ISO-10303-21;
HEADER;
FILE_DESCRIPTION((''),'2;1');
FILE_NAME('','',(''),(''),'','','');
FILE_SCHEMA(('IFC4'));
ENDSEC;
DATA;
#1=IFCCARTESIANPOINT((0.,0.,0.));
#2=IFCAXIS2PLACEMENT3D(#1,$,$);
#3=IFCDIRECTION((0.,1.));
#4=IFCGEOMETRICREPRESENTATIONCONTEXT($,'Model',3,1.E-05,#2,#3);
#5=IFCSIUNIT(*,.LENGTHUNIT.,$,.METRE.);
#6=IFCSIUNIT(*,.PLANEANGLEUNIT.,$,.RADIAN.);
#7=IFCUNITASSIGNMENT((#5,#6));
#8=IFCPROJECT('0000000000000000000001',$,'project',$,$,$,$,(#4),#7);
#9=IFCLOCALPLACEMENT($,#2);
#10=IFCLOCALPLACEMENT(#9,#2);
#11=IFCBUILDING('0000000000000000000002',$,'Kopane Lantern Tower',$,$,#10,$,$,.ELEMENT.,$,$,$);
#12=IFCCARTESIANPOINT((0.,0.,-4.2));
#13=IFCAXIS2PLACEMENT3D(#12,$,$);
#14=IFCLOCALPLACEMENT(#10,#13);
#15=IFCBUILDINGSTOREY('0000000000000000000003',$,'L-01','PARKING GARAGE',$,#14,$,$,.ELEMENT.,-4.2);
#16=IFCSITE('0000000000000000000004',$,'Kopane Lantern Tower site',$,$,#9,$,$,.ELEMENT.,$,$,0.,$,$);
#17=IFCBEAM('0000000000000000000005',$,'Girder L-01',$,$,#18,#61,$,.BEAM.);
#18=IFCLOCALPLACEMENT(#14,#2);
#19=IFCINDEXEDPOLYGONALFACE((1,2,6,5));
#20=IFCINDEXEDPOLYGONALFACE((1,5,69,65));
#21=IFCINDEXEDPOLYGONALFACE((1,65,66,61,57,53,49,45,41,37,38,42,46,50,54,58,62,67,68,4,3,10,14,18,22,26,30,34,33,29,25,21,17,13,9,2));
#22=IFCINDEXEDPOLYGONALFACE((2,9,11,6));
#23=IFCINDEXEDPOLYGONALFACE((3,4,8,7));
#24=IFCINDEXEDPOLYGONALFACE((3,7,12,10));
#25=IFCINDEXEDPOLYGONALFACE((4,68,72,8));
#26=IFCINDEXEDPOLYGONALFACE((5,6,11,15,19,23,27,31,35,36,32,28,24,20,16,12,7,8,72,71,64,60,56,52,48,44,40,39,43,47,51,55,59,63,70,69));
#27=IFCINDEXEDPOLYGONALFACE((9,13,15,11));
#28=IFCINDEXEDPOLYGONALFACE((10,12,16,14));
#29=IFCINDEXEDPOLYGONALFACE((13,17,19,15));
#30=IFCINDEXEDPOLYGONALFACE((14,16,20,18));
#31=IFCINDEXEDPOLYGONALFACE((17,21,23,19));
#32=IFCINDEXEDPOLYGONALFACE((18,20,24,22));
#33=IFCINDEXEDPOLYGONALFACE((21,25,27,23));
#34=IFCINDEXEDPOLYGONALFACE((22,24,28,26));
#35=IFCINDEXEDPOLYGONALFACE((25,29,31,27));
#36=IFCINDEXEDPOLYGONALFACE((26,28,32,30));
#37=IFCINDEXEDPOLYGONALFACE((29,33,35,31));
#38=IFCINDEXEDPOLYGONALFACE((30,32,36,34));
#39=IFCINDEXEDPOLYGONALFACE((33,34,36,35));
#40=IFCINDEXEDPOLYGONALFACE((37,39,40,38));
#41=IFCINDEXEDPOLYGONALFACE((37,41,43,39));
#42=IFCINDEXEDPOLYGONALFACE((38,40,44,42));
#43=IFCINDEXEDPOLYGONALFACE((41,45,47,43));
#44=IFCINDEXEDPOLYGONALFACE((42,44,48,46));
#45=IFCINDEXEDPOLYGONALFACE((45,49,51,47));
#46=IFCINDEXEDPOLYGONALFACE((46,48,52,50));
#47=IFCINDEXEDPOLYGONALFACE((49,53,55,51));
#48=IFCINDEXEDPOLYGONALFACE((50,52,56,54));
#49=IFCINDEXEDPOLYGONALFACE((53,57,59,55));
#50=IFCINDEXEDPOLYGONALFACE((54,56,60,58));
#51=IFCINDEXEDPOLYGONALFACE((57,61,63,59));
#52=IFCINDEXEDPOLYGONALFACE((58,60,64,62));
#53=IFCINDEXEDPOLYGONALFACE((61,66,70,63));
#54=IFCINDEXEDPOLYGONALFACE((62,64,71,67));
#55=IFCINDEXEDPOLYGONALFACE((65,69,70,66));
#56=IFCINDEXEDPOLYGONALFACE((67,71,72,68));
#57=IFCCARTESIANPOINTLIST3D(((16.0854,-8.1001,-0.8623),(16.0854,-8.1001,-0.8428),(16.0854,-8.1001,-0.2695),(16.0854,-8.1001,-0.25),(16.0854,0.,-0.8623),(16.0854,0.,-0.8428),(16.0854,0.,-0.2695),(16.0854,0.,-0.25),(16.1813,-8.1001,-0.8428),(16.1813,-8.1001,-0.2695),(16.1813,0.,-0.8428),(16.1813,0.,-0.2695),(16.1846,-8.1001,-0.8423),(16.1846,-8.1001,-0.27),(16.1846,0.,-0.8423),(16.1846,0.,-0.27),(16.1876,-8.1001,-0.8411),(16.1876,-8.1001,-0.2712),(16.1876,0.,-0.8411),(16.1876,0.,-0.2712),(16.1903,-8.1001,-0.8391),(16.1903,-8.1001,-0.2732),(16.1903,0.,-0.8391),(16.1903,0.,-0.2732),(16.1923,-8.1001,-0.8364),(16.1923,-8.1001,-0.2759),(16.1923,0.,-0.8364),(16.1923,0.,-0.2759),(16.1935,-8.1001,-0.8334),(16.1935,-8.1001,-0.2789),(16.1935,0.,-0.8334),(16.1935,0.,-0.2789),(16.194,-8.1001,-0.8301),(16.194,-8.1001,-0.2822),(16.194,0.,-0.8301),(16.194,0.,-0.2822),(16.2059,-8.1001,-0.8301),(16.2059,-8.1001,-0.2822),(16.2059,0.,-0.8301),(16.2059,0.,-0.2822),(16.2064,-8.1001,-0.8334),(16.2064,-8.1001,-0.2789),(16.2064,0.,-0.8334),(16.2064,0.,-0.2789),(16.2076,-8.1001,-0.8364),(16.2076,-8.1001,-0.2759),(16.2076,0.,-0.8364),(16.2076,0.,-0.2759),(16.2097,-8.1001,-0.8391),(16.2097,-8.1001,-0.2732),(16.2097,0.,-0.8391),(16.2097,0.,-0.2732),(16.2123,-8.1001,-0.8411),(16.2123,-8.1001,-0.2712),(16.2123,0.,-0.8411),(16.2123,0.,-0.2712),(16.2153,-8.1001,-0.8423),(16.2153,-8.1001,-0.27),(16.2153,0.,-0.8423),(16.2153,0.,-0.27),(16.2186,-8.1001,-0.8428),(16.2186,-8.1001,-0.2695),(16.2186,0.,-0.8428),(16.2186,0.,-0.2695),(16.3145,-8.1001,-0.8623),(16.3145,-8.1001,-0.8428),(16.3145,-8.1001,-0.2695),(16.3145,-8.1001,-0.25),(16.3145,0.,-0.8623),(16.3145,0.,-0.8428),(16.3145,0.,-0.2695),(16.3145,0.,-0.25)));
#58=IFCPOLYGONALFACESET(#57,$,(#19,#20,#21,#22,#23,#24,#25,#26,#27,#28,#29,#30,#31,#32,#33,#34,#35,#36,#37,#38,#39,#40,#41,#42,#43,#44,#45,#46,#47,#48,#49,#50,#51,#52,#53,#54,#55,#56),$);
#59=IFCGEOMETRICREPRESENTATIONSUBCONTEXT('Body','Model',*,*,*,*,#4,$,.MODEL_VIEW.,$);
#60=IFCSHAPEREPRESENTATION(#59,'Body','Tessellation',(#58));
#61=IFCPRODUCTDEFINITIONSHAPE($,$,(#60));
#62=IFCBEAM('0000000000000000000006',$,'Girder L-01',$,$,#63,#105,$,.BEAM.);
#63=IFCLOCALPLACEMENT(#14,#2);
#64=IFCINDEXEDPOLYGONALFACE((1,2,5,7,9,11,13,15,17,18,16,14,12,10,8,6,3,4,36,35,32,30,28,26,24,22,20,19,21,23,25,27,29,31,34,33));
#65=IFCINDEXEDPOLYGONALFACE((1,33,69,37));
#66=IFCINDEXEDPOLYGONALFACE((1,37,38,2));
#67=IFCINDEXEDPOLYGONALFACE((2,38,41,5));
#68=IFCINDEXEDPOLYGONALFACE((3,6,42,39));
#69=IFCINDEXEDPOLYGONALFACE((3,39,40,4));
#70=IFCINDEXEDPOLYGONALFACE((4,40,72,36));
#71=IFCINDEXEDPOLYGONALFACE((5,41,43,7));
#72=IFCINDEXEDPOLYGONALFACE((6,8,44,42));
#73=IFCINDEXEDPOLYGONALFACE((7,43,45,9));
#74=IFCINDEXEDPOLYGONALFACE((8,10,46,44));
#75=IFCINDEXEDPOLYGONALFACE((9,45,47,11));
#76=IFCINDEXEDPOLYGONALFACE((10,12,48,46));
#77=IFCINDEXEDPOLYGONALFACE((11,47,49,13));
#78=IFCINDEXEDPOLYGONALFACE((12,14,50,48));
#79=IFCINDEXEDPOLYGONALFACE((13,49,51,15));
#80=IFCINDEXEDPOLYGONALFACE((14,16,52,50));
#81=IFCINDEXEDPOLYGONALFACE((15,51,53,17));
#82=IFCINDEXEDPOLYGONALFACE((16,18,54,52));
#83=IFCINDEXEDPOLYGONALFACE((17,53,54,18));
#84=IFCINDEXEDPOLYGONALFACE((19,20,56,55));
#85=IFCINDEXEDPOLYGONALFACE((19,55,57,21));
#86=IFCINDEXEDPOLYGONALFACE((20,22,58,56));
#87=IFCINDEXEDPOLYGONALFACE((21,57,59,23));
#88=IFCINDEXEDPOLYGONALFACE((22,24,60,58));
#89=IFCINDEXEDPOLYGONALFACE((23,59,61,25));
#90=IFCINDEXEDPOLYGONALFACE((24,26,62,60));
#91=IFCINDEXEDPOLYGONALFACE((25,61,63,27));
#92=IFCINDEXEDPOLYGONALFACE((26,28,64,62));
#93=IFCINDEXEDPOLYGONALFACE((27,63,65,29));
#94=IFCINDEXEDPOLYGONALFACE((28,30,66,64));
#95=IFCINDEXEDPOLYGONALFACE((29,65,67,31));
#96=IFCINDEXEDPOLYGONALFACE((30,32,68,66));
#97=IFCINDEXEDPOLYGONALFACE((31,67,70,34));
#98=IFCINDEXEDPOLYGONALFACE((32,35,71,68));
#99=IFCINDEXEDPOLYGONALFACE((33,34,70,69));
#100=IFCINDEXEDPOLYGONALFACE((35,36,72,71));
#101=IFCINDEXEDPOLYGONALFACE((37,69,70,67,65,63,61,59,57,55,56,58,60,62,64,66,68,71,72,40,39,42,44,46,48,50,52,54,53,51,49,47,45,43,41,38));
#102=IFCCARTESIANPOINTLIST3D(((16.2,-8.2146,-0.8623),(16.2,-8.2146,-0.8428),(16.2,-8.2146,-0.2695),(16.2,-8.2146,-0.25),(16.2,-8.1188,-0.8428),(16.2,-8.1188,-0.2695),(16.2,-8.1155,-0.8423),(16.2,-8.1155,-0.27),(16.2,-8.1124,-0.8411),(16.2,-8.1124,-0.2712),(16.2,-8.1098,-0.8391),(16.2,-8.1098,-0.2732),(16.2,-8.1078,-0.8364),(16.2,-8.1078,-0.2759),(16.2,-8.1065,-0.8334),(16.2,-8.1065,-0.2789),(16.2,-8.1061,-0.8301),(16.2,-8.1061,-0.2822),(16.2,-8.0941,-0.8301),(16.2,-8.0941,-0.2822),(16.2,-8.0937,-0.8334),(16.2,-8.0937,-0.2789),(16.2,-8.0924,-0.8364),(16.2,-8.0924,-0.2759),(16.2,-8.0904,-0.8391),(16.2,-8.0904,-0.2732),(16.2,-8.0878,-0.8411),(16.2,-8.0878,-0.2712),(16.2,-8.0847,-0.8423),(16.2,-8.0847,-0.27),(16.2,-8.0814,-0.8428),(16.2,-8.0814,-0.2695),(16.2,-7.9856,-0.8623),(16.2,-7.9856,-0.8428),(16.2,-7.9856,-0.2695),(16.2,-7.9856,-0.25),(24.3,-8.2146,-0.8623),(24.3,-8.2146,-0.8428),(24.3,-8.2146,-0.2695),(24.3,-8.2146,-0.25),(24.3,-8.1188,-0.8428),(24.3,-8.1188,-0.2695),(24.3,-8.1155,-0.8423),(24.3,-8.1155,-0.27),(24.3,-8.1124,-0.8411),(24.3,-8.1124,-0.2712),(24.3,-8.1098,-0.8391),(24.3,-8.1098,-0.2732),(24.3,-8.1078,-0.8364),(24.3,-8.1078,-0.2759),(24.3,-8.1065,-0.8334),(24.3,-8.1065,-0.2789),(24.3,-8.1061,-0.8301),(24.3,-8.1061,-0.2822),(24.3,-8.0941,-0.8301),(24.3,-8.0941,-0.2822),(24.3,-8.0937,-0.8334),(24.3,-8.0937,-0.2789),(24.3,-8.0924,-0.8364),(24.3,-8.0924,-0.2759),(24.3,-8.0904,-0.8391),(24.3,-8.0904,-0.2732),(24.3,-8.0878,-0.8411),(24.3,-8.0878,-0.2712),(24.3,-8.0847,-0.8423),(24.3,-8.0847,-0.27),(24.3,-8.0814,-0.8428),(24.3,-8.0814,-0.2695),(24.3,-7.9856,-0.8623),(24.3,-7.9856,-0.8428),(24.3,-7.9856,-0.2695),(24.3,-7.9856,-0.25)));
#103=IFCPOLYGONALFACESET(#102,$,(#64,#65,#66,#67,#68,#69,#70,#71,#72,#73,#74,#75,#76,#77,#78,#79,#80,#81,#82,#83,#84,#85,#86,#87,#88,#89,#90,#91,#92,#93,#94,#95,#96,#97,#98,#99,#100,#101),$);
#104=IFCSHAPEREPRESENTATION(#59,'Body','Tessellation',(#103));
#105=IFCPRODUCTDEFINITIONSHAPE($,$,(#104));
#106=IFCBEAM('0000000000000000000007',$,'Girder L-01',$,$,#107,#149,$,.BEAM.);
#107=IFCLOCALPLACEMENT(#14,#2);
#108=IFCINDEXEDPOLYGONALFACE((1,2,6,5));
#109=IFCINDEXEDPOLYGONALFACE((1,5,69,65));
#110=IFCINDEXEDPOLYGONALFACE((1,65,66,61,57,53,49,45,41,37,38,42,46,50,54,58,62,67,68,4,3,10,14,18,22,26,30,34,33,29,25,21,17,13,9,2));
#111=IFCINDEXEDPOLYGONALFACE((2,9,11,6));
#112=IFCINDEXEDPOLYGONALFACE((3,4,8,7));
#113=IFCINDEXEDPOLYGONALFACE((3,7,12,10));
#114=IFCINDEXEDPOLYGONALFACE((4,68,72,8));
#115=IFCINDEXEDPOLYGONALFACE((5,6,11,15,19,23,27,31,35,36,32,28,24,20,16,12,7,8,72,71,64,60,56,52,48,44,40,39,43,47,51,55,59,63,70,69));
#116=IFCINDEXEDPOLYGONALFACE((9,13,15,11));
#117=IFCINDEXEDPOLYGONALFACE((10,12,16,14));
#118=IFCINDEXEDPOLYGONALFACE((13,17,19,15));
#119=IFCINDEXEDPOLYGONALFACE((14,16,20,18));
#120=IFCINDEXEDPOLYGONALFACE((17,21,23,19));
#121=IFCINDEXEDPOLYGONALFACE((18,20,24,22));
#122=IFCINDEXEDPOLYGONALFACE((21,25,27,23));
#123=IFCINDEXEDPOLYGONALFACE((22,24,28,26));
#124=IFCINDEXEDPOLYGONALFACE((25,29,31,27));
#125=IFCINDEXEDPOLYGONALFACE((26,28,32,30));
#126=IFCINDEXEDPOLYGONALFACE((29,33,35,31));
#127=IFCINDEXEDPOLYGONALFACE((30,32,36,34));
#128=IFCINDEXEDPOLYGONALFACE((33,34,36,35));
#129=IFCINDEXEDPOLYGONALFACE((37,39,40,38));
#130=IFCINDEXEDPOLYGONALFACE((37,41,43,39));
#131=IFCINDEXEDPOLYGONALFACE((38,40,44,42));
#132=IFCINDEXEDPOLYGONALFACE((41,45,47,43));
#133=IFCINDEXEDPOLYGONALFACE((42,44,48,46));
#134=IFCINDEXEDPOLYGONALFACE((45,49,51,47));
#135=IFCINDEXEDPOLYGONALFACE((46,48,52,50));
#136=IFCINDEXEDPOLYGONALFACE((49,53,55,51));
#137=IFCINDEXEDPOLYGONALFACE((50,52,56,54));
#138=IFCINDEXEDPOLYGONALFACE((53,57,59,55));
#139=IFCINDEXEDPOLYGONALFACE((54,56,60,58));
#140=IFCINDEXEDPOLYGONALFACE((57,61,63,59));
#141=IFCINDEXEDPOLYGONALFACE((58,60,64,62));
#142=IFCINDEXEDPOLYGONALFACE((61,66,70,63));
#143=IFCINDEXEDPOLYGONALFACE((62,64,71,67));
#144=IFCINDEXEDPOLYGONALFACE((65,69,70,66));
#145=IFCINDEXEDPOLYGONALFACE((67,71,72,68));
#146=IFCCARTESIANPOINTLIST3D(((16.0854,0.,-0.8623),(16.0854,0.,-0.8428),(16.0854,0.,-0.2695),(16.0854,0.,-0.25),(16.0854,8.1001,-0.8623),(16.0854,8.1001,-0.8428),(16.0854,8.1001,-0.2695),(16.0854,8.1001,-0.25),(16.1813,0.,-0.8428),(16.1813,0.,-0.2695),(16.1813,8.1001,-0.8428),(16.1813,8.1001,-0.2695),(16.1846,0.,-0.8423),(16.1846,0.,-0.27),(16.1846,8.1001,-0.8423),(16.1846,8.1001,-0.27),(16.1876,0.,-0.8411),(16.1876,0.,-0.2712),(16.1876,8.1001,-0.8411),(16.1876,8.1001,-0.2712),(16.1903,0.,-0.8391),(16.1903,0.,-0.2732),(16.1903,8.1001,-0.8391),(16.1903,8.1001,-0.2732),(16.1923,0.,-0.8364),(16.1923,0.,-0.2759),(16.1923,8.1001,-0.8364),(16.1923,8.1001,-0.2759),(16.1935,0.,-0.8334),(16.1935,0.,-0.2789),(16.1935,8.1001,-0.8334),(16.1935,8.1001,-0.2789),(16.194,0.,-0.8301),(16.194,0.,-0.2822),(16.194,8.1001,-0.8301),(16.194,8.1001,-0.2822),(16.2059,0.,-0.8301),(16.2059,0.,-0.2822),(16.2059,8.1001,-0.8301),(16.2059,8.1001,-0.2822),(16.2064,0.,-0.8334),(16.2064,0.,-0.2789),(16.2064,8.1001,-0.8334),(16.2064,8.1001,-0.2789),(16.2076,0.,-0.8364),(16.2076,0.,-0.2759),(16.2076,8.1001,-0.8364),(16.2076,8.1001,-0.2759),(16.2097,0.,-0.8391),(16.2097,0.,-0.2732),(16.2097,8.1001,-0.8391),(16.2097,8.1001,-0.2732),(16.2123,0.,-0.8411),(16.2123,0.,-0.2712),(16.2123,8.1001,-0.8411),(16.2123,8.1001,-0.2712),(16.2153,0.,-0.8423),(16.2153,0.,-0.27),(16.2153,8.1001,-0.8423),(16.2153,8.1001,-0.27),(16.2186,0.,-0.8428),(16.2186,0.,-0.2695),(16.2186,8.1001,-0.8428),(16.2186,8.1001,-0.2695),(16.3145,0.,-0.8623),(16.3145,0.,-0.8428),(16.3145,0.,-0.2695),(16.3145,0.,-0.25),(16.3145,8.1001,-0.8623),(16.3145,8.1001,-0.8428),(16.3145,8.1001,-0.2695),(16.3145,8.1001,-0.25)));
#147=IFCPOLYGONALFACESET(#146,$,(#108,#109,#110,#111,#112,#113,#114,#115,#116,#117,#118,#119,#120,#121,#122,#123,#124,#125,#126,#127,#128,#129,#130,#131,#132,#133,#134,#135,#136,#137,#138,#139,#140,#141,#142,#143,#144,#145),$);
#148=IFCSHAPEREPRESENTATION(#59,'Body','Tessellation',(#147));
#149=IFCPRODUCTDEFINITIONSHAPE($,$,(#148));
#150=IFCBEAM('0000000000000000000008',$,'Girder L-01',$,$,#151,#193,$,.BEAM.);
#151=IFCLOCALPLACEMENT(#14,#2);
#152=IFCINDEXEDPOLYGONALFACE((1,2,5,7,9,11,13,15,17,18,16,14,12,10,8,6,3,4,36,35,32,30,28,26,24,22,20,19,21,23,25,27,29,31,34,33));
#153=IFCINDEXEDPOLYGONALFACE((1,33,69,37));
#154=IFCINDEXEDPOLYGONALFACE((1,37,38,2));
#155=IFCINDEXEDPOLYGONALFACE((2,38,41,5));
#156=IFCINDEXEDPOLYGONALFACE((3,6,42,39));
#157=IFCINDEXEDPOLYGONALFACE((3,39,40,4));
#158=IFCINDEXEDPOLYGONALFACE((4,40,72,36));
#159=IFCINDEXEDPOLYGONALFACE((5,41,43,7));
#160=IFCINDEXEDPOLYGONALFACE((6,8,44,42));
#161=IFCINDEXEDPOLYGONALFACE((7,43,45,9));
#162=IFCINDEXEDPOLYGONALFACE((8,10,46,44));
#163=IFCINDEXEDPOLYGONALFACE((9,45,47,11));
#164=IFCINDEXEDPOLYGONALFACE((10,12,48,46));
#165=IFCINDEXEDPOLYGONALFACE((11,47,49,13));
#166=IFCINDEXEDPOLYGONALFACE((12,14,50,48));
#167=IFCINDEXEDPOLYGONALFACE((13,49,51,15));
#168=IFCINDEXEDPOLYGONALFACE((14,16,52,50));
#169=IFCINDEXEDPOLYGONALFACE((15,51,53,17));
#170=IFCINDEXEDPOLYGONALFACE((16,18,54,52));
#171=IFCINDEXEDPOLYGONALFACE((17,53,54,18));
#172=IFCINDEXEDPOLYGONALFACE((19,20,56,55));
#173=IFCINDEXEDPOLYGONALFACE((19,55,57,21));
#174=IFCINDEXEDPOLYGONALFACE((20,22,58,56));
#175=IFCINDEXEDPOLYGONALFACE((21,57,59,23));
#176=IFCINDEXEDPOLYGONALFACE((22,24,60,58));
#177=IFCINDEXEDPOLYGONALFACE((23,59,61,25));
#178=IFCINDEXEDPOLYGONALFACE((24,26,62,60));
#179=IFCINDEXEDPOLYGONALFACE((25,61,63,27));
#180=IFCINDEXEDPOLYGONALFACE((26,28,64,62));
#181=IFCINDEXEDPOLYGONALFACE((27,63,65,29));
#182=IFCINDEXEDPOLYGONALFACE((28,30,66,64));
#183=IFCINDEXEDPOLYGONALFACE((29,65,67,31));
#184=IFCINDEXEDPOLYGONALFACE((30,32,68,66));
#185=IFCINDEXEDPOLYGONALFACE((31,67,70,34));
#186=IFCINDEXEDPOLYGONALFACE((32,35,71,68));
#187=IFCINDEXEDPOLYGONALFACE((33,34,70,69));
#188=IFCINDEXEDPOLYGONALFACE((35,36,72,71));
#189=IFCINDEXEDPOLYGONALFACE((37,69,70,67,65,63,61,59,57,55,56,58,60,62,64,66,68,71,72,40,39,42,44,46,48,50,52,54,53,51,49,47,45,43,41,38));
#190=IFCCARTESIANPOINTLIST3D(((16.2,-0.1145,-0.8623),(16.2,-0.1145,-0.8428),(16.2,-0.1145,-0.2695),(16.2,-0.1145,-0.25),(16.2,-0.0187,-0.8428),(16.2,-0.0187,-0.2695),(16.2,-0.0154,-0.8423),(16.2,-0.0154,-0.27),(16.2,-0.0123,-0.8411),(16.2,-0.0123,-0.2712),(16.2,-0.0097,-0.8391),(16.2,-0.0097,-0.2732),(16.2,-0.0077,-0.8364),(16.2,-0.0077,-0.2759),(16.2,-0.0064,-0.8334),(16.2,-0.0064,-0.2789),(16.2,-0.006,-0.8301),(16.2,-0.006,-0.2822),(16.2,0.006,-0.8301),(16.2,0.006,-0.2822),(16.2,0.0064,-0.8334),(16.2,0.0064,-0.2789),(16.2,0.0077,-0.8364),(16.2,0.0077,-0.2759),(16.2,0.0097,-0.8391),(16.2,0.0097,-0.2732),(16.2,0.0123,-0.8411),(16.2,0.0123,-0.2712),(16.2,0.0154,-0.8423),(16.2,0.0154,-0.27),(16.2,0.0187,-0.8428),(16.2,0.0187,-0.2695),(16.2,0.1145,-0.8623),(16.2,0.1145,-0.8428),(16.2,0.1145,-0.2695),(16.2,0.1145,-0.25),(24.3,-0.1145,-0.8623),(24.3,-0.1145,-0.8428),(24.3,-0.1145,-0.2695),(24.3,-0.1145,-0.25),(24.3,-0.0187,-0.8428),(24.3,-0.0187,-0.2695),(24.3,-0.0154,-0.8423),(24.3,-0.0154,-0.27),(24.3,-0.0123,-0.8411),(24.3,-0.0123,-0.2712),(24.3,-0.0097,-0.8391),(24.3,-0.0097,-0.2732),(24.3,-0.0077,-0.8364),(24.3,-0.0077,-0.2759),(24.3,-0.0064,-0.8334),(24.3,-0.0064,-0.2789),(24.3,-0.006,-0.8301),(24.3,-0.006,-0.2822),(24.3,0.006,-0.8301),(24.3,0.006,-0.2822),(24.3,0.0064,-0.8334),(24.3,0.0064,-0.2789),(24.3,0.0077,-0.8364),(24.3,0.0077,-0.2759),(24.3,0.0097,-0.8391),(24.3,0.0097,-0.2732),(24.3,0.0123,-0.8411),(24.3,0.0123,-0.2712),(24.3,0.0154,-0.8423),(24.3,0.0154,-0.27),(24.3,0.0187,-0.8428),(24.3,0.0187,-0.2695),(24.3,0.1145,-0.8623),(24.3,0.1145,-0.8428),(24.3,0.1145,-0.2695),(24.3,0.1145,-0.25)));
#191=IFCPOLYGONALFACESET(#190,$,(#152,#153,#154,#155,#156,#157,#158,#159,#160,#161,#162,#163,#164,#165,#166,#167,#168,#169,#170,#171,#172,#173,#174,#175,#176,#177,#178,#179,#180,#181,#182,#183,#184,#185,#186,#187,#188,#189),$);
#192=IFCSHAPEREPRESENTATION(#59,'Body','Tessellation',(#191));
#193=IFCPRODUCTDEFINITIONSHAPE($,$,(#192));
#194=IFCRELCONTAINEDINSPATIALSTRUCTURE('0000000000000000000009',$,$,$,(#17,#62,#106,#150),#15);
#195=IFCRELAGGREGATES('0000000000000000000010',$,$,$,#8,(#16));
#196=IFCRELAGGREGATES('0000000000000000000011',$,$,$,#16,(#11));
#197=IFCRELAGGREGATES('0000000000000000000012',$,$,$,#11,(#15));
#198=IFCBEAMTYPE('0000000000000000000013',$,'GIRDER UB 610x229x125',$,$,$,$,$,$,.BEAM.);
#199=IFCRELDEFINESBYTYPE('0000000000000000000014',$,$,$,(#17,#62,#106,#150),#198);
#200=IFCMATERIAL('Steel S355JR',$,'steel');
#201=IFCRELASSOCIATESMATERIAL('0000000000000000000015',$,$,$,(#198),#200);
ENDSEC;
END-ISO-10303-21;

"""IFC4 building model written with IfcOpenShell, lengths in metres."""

from ifc_helpers import new_model, si_unit, direction, frame, origin, origin_2d, place, context, subcontext, project, spatial, i_section, extrude, material, material_profile, profile_set, type_object, element, save


model = new_model("IFC4")

# Units and contexts
model_context = context("Model", 3, precision=1e-05, world=origin(), true_north=direction((0.0, 1.0)))
body_context = subcontext(model_context, "Body", "Model", "MODEL_VIEW")
ifc_project = project(units=[si_unit("LENGTHUNIT", "METRE"), si_unit("PLANEANGLEUNIT", "RADIAN")], contexts=[model_context])

# Site, building, storey
site_placement = place(None, origin())
site = spatial("IfcSite", under=ifc_project, at=site_placement, Name="Kopane Lantern Tower site", CompositionType="ELEMENT", RefElevation=0.0)
building_placement = place(site_placement, origin())
building = spatial("IfcBuilding", under=site, at=building_placement, Name="Kopane Lantern Tower", CompositionType="ELEMENT")
storey_placement = place(building_placement, frame((0.0, 0.0, -4.2)))
storey = spatial("IfcBuildingStorey", under=building, at=storey_placement, Name="L-01", Description="PARKING GARAGE", CompositionType="ELEMENT", Elevation=-4.2)

# Beams
ifc_material_1 = material(Name="Steel S355JR", Category="steel")
ifc_material_profile_1 = material_profile(ifc_material_1, i_section(OverallWidth=0.229, OverallDepth=0.6123, WebThickness=0.012, FlangeThickness=0.0195, FilletRadius=0.0127, at=origin_2d()), Name="UB 610x229x125")
ifc_profile_set_1 = profile_set([ifc_material_profile_1], Name="Steel S355JR")
beam_type = type_object("IfcBeamType", Name="GIRDER UB 610x229x125", PredefinedType="BEAM", material=ifc_profile_set_1)
for number, where, z_axis, x_axis, name in (
    (1, (16.2, -8.1001, -0.5562), (0.0, 1.0, 0.0), (-1.0, 0.0, 0.0), "Girder L-01"),
    (2, (16.2, -8.1001, -0.5562), (1.0, 0.0, 0.0), (0.0, 1.0, 0.0), "Girder L-01"),
    (3, (16.2, 0.0, -0.5562), (0.0, 1.0, 0.0), (-1.0, 0.0, 0.0), "Girder L-01"),
    (4, (16.2, 0.0, -0.5562), (1.0, 0.0, 0.0), (0.0, 1.0, 0.0), "Girder L-01"),
):
    element("IfcBeam", number, at=place(storey_placement, frame(where, z_axis=z_axis, x_axis=x_axis)), inside=storey, type_object=beam_type, Name=name, PredefinedType="BEAM", context=body_context, shape_type="SweptSolid", body=[
        extrude(i_section(OverallWidth=0.229, OverallDepth=0.6123, WebThickness=0.012, FlangeThickness=0.0195, FilletRadius=0.0127, at=origin_2d()), origin(), (0.0, 0.0, 1.0), 8.1001),
    ])

save(model, "model.ifc")
